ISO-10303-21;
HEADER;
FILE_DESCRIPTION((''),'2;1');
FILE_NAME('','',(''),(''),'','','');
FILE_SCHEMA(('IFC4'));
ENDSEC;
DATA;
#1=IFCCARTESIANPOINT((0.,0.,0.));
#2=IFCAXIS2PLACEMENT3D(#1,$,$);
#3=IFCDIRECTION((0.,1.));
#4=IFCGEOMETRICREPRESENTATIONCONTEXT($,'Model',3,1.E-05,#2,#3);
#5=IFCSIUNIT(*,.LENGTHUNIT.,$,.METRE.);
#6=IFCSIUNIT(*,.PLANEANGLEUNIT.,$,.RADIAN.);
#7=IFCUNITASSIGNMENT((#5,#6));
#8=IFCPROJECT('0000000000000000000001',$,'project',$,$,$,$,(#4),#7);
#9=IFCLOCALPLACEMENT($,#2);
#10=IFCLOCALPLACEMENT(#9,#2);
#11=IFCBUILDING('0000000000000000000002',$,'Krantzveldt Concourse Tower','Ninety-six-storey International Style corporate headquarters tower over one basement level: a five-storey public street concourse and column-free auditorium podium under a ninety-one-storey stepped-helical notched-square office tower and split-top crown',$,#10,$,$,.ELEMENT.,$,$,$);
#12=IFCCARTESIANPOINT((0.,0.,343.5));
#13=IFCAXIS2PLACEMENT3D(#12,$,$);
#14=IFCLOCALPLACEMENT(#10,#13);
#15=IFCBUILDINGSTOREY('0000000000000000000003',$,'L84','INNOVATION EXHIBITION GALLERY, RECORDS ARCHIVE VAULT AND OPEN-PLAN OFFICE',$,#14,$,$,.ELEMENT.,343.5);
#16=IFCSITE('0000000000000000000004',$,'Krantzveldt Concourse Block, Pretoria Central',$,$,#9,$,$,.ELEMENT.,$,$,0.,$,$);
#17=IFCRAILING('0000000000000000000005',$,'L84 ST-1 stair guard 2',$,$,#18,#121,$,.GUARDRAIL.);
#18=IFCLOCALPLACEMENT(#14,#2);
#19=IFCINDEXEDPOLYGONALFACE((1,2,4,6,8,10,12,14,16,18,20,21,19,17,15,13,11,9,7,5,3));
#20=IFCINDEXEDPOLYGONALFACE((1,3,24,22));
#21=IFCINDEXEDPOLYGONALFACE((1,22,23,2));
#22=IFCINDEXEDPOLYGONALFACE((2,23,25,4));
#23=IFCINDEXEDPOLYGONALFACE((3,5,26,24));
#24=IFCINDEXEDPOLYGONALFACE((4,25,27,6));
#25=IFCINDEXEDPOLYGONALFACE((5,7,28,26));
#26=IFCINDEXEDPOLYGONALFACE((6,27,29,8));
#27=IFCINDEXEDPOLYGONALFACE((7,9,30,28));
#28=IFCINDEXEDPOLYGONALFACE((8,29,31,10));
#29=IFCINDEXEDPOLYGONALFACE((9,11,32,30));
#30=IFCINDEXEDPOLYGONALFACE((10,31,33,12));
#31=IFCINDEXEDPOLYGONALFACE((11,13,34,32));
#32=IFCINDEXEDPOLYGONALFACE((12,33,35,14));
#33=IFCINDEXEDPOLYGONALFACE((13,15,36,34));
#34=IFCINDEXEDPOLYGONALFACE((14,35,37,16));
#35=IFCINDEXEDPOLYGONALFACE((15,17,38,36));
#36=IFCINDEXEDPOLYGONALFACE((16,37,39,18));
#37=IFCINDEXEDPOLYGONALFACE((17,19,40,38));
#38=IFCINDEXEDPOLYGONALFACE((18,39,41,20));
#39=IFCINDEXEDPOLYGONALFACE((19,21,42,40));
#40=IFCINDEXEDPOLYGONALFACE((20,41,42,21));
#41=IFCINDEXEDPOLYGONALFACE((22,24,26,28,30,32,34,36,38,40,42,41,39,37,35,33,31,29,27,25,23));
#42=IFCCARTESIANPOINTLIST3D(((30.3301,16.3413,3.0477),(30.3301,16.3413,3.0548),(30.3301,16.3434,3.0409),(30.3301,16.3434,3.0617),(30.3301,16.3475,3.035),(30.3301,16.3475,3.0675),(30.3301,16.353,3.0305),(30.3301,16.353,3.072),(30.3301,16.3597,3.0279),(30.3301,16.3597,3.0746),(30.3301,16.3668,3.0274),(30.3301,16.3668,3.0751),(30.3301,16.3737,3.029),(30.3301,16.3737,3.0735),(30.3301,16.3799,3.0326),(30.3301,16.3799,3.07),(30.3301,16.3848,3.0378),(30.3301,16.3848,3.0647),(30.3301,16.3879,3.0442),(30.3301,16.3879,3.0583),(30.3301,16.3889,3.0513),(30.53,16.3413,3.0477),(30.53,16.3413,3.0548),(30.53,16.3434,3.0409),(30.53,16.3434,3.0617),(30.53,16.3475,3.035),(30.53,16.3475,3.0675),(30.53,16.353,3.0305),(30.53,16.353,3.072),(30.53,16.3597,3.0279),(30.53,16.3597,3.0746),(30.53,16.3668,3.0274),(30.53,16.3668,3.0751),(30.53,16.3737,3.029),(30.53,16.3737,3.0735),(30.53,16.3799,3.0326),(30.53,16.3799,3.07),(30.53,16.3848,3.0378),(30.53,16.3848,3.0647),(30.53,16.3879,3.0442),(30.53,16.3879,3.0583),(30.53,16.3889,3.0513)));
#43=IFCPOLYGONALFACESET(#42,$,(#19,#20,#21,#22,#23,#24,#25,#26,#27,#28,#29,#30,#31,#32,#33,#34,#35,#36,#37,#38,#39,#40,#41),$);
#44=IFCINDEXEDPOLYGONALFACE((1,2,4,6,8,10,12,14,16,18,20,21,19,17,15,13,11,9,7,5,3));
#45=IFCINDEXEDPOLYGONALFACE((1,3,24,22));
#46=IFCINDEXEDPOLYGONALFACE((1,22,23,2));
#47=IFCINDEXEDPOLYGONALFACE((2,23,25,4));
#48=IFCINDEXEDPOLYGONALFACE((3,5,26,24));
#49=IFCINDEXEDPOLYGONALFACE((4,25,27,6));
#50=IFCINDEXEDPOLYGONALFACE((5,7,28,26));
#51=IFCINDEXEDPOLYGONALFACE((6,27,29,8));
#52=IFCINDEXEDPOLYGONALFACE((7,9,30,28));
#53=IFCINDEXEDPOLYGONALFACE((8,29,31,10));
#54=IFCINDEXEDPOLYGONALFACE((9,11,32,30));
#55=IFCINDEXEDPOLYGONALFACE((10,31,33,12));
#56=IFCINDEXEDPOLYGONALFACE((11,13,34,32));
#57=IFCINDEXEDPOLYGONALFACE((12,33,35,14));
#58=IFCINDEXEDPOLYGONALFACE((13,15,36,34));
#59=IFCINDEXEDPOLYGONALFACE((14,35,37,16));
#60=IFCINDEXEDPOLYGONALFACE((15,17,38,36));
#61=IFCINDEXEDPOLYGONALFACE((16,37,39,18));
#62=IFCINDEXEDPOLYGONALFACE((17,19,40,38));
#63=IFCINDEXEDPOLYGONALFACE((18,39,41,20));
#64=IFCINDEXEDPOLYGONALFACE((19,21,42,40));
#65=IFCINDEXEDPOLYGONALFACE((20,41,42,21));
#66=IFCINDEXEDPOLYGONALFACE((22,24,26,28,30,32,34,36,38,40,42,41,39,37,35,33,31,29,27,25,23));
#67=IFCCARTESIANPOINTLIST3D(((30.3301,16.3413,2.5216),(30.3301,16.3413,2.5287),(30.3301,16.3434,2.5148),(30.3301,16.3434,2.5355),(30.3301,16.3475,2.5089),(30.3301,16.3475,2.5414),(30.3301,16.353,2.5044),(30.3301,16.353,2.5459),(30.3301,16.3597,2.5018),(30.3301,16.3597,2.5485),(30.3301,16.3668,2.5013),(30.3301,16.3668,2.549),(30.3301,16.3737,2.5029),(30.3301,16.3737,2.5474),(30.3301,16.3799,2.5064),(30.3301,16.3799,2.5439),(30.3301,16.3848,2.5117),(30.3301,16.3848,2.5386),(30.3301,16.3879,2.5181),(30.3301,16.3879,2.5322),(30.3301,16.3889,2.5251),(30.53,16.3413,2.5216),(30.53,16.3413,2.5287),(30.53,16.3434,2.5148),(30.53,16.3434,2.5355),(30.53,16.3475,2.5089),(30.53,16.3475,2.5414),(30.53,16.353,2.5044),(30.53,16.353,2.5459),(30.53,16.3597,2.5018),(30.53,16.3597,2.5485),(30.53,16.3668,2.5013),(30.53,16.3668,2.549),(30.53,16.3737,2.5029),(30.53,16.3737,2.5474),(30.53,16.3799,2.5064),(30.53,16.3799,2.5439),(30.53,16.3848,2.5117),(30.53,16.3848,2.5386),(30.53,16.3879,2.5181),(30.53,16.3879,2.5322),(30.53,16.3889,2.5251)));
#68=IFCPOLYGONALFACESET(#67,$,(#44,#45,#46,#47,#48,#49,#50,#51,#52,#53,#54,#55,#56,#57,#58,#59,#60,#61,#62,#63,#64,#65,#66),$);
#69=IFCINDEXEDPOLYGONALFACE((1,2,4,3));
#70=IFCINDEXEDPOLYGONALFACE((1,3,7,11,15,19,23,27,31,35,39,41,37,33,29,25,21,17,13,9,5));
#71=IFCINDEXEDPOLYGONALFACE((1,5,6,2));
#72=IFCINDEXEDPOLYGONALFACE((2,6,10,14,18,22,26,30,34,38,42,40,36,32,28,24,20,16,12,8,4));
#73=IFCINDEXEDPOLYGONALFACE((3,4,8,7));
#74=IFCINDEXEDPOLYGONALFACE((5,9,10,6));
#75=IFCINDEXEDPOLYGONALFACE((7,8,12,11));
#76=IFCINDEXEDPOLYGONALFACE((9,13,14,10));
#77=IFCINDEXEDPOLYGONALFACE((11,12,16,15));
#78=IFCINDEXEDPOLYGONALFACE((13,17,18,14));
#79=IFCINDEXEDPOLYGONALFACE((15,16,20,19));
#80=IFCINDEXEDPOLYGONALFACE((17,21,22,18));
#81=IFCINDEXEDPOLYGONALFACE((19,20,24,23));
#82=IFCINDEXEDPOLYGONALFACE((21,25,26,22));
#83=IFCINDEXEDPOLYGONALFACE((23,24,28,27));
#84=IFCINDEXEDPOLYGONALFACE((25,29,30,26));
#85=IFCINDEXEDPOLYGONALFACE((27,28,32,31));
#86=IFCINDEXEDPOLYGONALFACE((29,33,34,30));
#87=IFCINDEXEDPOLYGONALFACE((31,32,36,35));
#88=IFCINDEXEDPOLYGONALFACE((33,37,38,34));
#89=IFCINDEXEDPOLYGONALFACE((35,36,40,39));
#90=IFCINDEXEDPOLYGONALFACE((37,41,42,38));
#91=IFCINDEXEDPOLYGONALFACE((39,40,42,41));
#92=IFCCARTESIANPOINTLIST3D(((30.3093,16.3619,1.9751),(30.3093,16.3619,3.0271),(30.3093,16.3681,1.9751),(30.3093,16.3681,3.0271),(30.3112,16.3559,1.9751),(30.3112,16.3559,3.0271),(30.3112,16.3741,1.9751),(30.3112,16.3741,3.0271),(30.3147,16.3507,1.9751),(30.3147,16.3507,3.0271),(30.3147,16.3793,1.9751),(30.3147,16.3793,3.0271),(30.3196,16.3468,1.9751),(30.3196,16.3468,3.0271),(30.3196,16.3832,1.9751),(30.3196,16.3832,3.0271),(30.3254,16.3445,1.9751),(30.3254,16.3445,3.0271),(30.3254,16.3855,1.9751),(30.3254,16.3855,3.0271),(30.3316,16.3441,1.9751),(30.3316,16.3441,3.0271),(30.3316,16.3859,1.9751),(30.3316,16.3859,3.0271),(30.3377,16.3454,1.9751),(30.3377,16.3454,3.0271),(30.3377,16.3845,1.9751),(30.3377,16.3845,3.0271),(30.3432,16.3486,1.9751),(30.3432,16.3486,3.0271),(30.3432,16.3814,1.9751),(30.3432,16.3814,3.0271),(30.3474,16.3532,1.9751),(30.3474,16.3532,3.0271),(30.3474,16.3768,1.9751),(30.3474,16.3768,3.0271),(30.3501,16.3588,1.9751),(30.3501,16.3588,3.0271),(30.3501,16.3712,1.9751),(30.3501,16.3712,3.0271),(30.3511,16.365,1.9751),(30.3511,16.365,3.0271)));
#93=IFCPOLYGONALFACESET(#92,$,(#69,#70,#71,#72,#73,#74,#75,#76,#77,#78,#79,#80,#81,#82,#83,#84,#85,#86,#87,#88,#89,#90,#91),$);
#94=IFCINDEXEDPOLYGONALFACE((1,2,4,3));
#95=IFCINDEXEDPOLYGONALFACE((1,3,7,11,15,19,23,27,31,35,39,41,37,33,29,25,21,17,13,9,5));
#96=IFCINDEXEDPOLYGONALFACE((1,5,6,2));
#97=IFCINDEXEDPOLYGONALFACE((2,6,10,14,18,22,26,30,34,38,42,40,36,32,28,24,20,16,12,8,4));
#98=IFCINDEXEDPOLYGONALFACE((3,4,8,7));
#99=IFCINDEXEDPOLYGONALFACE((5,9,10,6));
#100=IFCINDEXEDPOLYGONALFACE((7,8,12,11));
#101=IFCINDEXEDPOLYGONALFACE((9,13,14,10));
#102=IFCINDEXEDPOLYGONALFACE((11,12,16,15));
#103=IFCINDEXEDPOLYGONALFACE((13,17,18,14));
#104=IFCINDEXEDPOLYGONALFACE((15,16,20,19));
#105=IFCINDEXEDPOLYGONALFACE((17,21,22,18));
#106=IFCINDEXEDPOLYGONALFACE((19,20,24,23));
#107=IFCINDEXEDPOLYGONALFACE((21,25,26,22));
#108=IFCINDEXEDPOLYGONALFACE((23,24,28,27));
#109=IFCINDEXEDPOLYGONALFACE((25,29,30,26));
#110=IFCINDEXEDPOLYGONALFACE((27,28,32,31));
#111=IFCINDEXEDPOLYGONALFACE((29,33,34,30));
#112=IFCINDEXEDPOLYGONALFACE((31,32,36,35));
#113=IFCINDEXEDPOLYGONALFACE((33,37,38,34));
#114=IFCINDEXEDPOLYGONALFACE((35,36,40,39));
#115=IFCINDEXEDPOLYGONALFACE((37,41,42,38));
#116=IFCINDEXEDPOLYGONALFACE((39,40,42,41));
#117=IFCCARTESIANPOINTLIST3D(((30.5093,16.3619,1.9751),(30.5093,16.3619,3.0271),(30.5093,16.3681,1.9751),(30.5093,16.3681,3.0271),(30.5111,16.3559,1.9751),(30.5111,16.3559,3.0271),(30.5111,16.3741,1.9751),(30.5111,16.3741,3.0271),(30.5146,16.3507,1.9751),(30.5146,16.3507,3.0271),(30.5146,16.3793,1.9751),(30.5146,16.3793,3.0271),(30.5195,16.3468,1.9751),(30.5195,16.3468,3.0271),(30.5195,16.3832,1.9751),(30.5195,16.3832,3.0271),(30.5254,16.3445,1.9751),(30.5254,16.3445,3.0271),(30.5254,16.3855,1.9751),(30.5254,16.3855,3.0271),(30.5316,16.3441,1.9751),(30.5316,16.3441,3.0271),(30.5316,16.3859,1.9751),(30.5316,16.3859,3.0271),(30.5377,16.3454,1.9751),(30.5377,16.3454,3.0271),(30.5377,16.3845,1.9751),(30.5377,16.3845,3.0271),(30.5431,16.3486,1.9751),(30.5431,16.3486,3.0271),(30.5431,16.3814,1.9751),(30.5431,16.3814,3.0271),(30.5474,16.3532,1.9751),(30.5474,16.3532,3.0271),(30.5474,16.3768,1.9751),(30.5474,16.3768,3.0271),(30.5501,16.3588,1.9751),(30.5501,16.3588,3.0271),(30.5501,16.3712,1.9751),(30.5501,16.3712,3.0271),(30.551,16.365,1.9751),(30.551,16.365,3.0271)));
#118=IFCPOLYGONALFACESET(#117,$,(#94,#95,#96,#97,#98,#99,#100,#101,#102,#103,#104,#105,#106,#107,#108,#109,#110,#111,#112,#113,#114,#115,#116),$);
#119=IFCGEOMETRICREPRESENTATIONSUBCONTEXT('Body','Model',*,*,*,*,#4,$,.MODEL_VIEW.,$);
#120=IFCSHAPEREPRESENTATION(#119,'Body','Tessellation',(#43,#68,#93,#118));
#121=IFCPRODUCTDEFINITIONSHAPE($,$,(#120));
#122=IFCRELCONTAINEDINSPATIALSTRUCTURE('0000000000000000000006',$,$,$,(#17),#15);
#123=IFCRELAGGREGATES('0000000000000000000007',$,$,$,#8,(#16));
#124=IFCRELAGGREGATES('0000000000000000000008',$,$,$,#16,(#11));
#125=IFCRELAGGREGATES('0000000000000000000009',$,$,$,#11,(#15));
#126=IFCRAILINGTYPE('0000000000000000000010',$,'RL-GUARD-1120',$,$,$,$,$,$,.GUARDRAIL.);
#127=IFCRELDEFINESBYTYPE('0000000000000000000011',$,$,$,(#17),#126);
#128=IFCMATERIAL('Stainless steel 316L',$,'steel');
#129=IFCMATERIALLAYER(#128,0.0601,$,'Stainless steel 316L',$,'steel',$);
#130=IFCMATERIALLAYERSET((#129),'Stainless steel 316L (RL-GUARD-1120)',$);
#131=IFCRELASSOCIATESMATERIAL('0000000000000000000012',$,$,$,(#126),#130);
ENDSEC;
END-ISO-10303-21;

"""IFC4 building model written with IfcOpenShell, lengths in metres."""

from ifc_helpers import new_model, si_unit, direction, frame, origin, origin_2d, place, context, subcontext, project, spatial, circle, extrude, material, layer, layer_set, type_object, element, save


model = new_model("IFC4")

# Units and contexts
model_context = context("Model", 3, precision=1e-05, world=origin(), true_north=direction((0.0, 1.0)))
body_context = subcontext(model_context, "Body", "Model", "MODEL_VIEW")
ifc_project = project(units=[si_unit("LENGTHUNIT", "METRE"), si_unit("PLANEANGLEUNIT", "RADIAN")], contexts=[model_context])

# Site, building, storey
site_placement = place(None, origin())
site = spatial("IfcSite", under=ifc_project, at=site_placement, Name="Krantzveldt Concourse Block, Pretoria Central", CompositionType="ELEMENT", RefElevation=0.0)
building_placement = place(site_placement, origin())
building = spatial("IfcBuilding", under=site, at=building_placement, Name="Krantzveldt Concourse Tower", Description="Ninety-six-storey International Style corporate headquarters tower over one basement level: a five-storey public street concourse and column-free auditorium podium under a ninety-one-storey stepped-helical notched-square office tower and split-top crown", CompositionType="ELEMENT")
storey_placement = place(building_placement, frame((0.0, 0.0, 343.5)))
storey = spatial("IfcBuildingStorey", under=building, at=storey_placement, Name="L84", Description="INNOVATION EXHIBITION GALLERY, RECORDS ARCHIVE VAULT AND OPEN-PLAN OFFICE", CompositionType="ELEMENT", Elevation=343.5)

# Shared definitions
ifc_material_1 = material(Name="Stainless steel 316L", Category="steel")

# Railing
ifc_layer_1 = layer(ifc_material_1, 0.0601, Name="Stainless steel 316L", Category="steel")
ifc_layer_set_1 = layer_set([ifc_layer_1], Name="Stainless steel 316L (RL-GUARD-1120)")
railing_type = type_object("IfcRailingType", Name="RL-GUARD-1120", PredefinedType="GUARDRAIL", material=ifc_layer_set_1)
railing_placement = place(storey_placement, frame((30.3301, 16.365, 1.9751)))
element("IfcRailing", 1, at=railing_placement, inside=storey, type_object=railing_type, Name="L84 ST-1 stair guard 2", PredefinedType="GUARDRAIL", context=body_context, shape_type="SweptSolid", body=[
    extrude(circle(Radius=0.0239, at=origin_2d()), frame((0.0, 0.0, 1.0762), z_axis=(1.0, 0.0, 0.0), x_axis=(0.0, 1.0, 0.0)), (0.0, 0.0, 1.0), 0.2),
    extrude(circle(Radius=0.0239, at=origin_2d()), frame((0.0, 0.0, 0.55), z_axis=(1.0, 0.0, 0.0), x_axis=(0.0, 1.0, 0.0)), (0.0, 0.0, 1.0), 0.2),
    extrude(circle(Radius=0.021, at=origin_2d()), origin(), (0.0, 0.0, 1.0), 1.052),
    extrude(circle(Radius=0.021, at=origin_2d()), frame((0.2, 0.0, 0.0)), (0.0, 0.0, 1.0), 1.052),
])

save(model, "model.ifc")
